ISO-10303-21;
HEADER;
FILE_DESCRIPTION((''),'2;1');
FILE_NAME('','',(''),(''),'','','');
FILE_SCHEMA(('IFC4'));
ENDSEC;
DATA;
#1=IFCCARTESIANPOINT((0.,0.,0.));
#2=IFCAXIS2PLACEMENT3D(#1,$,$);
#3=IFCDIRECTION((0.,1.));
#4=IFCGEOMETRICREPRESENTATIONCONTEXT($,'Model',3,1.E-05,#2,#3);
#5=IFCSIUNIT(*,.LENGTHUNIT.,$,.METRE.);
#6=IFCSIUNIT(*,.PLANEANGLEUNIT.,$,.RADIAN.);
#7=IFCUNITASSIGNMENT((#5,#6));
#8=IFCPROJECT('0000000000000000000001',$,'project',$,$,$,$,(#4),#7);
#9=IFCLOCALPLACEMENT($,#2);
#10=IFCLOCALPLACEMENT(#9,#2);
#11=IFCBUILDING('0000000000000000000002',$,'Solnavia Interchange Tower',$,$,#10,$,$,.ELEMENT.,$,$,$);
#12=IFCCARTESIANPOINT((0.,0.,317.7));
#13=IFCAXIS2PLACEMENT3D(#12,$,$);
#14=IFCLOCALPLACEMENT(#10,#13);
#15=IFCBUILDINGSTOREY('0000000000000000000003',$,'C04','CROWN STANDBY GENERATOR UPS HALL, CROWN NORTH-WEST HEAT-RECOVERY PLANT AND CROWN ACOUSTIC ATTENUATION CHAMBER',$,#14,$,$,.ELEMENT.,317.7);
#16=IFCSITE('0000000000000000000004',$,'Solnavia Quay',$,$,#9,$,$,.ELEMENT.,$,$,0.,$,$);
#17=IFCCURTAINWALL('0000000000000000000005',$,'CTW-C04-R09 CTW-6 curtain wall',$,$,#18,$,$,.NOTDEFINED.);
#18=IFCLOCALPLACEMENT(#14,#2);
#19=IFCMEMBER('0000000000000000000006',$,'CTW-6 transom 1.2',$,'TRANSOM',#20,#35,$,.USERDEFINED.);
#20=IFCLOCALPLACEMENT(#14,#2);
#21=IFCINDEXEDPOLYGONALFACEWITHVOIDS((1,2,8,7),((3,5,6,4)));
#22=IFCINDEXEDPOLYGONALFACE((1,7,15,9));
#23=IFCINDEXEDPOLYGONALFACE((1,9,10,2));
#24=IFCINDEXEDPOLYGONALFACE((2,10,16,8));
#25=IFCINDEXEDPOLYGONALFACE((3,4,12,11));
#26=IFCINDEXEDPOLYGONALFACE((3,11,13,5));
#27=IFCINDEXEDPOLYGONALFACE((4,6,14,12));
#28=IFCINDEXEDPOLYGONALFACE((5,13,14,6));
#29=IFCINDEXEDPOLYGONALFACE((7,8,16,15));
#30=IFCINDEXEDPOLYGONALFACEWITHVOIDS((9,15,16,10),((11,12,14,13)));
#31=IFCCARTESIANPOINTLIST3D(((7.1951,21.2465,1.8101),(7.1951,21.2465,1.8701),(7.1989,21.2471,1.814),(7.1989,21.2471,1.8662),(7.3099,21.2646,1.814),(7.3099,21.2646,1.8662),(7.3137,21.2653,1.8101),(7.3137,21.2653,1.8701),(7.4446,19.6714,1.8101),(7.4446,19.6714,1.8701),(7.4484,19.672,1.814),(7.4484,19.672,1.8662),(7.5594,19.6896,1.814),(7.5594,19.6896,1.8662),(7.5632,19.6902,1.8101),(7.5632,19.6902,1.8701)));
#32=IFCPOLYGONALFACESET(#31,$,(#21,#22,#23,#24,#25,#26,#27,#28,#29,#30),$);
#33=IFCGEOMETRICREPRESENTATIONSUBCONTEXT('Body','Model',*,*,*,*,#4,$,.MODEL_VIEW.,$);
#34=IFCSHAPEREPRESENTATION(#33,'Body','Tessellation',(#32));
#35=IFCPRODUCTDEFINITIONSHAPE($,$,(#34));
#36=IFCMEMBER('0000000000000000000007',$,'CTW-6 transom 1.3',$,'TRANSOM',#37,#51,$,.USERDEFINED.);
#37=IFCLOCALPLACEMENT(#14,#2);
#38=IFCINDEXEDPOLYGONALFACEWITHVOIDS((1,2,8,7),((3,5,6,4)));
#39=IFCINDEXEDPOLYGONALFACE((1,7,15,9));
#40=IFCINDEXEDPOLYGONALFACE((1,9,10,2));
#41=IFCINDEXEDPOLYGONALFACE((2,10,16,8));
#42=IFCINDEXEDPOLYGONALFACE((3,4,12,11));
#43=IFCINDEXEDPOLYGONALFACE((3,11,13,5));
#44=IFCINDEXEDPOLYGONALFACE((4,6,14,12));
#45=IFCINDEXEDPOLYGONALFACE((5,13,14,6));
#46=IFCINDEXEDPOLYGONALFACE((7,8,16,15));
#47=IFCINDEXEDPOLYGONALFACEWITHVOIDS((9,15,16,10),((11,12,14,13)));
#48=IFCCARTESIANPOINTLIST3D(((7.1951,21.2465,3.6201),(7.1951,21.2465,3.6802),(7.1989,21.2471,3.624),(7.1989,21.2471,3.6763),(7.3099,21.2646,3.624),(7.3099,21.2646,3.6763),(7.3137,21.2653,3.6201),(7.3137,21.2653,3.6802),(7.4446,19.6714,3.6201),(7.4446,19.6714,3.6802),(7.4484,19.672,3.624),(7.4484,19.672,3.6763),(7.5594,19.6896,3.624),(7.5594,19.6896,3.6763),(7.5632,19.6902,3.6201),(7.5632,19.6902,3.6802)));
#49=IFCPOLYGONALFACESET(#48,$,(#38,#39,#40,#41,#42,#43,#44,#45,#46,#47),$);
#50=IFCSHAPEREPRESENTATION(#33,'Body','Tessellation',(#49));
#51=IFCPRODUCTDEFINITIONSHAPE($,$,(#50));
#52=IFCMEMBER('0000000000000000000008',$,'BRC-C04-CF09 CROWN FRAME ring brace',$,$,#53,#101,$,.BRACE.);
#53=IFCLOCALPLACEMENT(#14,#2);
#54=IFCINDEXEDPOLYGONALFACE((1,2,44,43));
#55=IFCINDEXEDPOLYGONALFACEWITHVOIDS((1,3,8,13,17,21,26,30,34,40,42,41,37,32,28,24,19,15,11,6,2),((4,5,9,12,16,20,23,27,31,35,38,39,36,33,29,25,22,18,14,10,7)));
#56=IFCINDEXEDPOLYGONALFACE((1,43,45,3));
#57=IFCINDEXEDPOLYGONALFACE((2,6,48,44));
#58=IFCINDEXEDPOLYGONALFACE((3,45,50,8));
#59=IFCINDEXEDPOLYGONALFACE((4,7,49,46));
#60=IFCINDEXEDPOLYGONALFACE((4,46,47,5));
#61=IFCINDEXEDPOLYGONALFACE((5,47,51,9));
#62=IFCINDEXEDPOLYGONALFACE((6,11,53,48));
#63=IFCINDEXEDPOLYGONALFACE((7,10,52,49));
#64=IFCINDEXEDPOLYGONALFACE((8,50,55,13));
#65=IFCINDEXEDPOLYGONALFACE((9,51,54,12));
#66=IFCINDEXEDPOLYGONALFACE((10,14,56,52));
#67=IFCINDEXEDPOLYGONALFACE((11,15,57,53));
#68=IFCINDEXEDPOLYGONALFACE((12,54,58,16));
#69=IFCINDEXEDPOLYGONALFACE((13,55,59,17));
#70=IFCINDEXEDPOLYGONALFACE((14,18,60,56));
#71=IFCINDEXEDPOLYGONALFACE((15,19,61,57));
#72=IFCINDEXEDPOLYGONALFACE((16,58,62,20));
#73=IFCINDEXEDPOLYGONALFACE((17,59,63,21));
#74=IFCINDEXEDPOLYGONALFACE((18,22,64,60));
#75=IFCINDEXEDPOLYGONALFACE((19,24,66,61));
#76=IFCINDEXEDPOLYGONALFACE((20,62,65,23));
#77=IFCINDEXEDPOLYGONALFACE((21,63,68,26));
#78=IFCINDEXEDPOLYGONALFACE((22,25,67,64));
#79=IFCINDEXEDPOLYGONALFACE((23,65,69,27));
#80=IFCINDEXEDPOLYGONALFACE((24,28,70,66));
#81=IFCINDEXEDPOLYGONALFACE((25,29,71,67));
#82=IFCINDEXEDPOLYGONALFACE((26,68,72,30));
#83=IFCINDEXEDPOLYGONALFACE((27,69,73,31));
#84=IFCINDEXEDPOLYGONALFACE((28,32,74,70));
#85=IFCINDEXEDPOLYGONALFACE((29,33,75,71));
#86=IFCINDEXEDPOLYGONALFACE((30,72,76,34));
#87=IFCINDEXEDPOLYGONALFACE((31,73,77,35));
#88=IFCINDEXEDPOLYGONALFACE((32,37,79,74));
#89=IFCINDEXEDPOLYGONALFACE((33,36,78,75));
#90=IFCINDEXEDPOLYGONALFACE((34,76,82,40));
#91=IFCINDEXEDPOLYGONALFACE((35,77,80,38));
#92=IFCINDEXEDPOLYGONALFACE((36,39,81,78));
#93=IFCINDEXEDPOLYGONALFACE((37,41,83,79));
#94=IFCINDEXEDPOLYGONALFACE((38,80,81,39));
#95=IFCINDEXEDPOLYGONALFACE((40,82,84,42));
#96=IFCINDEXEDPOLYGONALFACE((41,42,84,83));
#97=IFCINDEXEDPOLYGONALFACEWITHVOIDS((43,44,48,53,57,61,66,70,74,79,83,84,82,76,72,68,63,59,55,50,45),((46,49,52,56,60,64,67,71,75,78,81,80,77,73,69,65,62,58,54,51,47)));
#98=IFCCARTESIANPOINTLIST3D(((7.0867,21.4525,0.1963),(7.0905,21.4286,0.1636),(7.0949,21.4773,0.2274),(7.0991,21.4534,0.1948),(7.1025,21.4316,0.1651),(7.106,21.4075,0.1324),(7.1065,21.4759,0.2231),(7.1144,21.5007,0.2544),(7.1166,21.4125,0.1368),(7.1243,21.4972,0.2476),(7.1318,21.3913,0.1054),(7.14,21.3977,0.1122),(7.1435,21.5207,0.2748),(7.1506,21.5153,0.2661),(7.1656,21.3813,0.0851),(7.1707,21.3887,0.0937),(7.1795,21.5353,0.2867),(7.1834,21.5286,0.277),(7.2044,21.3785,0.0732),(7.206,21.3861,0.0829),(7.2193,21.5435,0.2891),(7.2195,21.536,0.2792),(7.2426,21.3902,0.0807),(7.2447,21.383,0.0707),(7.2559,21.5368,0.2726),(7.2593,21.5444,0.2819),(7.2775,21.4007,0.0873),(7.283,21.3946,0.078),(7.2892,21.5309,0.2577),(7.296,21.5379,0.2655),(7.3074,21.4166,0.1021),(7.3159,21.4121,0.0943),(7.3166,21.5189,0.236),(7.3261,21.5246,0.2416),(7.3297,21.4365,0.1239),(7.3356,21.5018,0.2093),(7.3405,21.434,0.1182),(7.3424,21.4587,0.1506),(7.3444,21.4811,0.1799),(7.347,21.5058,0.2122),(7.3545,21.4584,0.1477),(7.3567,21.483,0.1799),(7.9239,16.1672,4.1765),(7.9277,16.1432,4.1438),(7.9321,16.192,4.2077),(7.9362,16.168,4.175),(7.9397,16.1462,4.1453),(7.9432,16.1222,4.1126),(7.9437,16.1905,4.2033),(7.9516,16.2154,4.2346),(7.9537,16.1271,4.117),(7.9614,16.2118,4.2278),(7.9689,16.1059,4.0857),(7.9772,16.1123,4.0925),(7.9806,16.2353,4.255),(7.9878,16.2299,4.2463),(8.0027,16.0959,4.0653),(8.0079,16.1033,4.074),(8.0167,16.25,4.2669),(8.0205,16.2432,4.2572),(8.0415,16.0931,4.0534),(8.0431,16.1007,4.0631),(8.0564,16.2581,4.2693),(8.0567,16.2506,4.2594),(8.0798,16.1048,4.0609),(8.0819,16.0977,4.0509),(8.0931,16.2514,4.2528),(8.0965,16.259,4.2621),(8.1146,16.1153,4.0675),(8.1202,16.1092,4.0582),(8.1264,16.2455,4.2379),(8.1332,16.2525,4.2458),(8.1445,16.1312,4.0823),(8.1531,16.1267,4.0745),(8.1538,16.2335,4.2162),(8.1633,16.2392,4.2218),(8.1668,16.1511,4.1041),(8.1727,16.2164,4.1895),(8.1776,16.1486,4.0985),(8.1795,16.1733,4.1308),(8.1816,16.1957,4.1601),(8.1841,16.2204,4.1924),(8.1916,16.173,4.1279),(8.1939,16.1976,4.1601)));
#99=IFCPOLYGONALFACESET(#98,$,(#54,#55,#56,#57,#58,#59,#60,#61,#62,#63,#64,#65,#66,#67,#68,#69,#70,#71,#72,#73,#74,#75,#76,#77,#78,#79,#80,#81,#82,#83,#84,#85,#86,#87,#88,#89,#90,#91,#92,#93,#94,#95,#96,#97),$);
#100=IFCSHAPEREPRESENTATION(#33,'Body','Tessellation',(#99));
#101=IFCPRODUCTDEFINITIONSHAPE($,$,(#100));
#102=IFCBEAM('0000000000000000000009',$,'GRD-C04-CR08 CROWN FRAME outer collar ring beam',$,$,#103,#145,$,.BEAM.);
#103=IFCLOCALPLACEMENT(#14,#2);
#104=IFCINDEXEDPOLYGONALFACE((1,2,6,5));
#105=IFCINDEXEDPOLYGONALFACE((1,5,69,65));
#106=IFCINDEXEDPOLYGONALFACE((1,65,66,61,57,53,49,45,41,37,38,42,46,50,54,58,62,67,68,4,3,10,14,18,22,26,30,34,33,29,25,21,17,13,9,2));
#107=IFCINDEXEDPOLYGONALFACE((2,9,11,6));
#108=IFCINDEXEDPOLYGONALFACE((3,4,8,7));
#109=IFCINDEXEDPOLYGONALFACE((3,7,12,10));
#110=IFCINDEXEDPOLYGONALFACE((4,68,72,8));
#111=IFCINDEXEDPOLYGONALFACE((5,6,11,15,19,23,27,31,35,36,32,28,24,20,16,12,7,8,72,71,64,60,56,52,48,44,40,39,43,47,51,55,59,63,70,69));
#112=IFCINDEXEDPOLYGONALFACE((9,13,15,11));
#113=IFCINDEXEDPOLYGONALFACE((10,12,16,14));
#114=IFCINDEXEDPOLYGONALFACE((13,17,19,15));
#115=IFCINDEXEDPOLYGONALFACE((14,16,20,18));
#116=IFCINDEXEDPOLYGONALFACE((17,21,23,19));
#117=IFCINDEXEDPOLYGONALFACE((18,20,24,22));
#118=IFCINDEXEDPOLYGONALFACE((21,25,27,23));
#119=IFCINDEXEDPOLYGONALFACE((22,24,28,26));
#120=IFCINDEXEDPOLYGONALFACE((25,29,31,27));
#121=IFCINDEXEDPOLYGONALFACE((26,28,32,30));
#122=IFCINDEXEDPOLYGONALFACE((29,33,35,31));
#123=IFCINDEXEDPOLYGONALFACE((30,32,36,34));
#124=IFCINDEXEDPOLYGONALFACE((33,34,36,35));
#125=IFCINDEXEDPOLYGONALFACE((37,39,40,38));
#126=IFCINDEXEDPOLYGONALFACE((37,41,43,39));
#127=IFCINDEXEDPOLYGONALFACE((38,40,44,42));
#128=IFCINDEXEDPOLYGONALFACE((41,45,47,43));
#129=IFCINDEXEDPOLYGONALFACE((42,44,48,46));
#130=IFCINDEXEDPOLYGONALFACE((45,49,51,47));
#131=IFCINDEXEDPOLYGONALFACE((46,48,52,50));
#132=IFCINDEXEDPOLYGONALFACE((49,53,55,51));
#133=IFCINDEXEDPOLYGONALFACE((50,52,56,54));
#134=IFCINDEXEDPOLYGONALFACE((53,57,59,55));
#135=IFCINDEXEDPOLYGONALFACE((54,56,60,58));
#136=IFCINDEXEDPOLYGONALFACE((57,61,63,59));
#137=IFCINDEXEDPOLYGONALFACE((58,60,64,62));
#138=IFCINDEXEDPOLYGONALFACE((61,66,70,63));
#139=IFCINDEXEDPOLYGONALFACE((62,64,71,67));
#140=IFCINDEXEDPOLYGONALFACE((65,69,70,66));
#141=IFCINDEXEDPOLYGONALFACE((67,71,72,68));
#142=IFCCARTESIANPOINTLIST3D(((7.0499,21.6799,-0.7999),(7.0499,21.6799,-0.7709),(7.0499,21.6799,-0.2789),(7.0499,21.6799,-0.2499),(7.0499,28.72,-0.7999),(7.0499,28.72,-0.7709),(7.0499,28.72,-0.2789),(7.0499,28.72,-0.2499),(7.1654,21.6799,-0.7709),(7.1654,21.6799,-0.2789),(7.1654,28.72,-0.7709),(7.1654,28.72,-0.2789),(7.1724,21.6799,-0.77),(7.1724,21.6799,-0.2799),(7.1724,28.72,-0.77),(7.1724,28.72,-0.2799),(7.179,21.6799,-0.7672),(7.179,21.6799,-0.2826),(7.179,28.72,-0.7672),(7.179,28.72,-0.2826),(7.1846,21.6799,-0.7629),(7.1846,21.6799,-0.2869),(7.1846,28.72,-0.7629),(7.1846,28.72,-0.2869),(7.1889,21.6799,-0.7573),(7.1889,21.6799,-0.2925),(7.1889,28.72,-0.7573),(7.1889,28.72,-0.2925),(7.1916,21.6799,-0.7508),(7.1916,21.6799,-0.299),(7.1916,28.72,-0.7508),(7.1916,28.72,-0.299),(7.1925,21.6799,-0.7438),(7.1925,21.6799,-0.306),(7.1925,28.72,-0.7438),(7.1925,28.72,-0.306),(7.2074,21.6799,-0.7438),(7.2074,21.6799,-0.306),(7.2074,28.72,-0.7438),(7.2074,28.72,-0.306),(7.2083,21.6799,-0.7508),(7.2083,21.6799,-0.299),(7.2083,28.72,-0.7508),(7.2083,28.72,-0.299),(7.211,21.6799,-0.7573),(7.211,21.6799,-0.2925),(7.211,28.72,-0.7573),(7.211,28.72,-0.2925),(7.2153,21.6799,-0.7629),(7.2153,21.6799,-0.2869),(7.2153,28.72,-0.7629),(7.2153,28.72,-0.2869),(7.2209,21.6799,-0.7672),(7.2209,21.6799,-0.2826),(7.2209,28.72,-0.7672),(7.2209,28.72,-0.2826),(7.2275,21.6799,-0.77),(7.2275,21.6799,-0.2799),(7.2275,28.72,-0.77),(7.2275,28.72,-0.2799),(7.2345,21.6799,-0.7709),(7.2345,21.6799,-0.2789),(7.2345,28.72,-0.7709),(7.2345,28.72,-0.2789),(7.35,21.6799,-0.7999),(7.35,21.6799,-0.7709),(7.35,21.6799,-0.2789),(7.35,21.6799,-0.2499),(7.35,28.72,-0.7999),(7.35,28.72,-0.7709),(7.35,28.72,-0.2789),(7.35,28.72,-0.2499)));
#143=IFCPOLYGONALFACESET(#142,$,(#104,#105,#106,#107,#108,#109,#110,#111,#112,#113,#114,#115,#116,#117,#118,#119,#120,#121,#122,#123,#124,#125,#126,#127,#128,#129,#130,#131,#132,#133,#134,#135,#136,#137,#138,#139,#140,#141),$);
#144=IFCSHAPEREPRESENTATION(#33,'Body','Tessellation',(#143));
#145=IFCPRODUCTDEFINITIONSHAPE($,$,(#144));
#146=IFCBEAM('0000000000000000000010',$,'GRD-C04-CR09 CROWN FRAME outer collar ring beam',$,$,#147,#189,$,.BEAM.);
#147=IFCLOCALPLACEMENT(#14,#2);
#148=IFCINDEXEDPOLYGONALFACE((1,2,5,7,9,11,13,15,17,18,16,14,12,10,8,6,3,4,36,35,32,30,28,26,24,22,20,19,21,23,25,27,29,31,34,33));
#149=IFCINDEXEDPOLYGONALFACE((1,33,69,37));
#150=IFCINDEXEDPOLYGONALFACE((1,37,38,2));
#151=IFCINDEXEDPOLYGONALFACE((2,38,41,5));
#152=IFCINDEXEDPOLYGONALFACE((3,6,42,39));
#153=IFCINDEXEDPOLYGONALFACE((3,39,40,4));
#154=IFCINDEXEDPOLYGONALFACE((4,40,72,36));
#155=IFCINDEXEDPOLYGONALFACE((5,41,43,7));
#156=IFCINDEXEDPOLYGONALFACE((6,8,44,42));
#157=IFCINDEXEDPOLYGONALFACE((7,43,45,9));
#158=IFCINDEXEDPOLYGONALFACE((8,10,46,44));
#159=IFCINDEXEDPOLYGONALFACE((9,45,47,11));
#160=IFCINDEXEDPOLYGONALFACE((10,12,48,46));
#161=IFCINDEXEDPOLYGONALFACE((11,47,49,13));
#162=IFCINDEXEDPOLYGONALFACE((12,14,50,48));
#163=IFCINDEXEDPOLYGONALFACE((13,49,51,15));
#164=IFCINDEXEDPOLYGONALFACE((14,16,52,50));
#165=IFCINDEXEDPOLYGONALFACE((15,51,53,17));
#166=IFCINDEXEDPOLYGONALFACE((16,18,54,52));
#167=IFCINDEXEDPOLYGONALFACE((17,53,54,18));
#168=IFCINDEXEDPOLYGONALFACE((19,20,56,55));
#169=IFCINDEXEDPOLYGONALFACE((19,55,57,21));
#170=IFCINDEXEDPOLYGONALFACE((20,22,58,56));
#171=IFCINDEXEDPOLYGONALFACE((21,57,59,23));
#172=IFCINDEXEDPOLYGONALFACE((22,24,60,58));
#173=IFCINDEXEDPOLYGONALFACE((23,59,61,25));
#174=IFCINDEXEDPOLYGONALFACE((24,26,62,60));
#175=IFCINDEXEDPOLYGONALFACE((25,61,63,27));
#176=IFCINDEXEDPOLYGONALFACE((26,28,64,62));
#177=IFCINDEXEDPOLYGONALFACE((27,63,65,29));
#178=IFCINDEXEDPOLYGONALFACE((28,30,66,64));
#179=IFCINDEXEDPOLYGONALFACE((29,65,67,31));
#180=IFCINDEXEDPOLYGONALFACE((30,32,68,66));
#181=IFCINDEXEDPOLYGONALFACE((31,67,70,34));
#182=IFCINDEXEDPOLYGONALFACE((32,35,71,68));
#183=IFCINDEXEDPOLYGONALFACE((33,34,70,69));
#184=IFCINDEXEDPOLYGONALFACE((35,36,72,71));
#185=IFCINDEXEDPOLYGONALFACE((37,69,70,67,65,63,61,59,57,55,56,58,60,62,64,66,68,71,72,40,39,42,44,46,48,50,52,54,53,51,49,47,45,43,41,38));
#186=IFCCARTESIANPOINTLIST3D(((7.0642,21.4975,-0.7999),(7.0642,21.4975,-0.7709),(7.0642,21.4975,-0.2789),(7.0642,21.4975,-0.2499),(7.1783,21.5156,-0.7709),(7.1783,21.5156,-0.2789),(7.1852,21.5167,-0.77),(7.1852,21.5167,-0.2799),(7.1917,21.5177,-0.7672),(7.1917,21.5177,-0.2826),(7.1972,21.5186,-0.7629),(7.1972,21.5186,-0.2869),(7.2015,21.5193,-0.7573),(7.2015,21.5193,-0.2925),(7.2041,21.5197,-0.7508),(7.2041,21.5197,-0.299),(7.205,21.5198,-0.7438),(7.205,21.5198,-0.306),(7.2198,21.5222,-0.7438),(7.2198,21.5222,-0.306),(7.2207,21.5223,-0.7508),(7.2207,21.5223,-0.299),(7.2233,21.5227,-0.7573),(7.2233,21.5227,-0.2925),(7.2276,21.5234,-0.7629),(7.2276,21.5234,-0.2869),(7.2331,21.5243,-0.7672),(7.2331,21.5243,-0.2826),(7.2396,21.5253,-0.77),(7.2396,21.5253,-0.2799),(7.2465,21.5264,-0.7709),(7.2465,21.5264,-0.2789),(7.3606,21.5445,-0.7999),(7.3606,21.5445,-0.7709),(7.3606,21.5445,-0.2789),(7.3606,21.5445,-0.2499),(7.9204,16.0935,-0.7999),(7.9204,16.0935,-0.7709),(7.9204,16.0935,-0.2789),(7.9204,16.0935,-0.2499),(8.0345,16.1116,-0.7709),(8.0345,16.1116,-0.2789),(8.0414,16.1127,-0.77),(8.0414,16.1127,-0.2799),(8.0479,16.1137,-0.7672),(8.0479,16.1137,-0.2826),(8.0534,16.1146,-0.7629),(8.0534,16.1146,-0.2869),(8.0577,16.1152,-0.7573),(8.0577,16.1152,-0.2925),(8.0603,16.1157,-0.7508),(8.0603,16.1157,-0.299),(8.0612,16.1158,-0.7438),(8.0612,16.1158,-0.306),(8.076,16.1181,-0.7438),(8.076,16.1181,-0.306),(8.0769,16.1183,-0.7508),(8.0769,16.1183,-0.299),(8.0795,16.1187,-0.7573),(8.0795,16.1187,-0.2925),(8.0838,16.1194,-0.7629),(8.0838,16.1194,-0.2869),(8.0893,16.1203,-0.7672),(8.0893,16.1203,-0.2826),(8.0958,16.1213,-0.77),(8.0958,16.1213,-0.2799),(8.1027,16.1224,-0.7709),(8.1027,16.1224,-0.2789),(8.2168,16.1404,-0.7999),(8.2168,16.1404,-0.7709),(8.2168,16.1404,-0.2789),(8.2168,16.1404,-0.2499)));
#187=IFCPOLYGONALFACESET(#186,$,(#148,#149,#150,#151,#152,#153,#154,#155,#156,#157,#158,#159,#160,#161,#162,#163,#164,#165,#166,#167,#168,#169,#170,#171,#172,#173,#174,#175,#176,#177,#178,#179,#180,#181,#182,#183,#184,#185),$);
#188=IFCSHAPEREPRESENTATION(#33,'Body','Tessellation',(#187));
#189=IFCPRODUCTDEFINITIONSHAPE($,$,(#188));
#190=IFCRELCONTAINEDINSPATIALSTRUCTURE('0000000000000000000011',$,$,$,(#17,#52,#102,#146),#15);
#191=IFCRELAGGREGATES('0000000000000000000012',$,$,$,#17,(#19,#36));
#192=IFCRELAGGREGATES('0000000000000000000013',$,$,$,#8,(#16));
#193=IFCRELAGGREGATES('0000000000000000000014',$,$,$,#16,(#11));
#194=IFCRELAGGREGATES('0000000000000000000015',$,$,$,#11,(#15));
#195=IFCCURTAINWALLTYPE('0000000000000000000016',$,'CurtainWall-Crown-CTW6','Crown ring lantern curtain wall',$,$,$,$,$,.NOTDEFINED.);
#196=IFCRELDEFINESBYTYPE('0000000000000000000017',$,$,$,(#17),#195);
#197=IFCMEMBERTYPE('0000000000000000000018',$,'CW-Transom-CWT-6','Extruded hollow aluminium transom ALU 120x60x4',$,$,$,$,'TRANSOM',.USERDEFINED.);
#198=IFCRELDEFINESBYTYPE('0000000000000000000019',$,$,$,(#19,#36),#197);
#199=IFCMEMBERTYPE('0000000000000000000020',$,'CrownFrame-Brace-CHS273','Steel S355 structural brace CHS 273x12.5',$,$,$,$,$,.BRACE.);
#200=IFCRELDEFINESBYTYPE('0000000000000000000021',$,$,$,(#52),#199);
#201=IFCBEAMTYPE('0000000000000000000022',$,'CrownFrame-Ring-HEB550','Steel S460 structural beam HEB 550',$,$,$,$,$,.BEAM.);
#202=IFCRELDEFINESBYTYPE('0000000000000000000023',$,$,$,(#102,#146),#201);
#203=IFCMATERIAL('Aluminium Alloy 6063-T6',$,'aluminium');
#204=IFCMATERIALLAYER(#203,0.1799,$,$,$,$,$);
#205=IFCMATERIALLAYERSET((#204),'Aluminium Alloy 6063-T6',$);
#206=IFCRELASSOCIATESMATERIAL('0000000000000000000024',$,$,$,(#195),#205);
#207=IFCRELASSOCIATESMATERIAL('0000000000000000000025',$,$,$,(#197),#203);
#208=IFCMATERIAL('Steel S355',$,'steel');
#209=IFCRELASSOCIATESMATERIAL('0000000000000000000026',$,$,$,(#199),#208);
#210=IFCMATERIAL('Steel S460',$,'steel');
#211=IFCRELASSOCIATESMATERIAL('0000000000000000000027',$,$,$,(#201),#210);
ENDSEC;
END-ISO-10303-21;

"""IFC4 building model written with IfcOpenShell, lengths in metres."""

from ifc_helpers import new_model, si_unit, direction, frame, origin, origin_2d, place, context, subcontext, project, spatial, hollow_rectangle, hollow_circle, i_section, extrude, material, layer, layer_set, material_profile, profile_set, type_object, element, aggregate, save


model = new_model("IFC4")

# Units and contexts
model_context = context("Model", 3, precision=1e-05, world=origin(), true_north=direction((0.0, 1.0)))
body_context = subcontext(model_context, "Body", "Model", "MODEL_VIEW")
ifc_project = project(units=[si_unit("LENGTHUNIT", "METRE"), si_unit("PLANEANGLEUNIT", "RADIAN")], contexts=[model_context])

# Site, building, storey
site_placement = place(None, origin())
site = spatial("IfcSite", under=ifc_project, at=site_placement, Name="Solnavia Quay", CompositionType="ELEMENT", RefElevation=0.0)
building_placement = place(site_placement, origin())
building = spatial("IfcBuilding", under=site, at=building_placement, Name="Solnavia Interchange Tower", CompositionType="ELEMENT")
storey_placement = place(building_placement, frame((0.0, 0.0, 317.7)))
storey = spatial("IfcBuildingStorey", under=building, at=storey_placement, Name="C04", Description="CROWN STANDBY GENERATOR UPS HALL, CROWN NORTH-WEST HEAT-RECOVERY PLANT AND CROWN ACOUSTIC ATTENUATION CHAMBER", CompositionType="ELEMENT", Elevation=317.7)

# Shared definitions
ifc_material_1 = material(Name="Steel S460", Category="steel")

# Curtain wall
ifc_material_2 = material(Name="Aluminium Alloy 6063-T6", Category="aluminium")
ifc_layer_1 = layer(ifc_material_2, 0.1799)
ifc_layer_set_1 = layer_set([ifc_layer_1], Name="Aluminium Alloy 6063-T6")
curtain_wall_type = type_object("IfcCurtainWallType", Name="CurtainWall-Crown-CTW6", Description="Crown ring lantern curtain wall", PredefinedType="NOTDEFINED", material=ifc_layer_set_1)
curtain_wall_1_placement = place(storey_placement, origin())
curtain_wall_1 = element("IfcCurtainWall", 1, at=curtain_wall_1_placement, inside=storey, type_object=curtain_wall_type, Name="CTW-C04-R09 CTW-6 curtain wall", PredefinedType="NOTDEFINED")

# Members
ifc_material_profile_1 = material_profile(ifc_material_2, hollow_rectangle(XDim=0.0601, YDim=0.1201, WallThickness=0.0039, at=origin_2d()), Name="ALU 120x60x4")
ifc_profile_set_1 = profile_set([ifc_material_profile_1], Name="Aluminium Alloy 6063-T6")
member_type_1 = type_object("IfcMemberType", Name="CW-Transom-CWT-6", Description="Extruded hollow aluminium transom ALU 120x60x4", ElementType="TRANSOM", PredefinedType="USERDEFINED", material=ifc_profile_set_1)
member_1_placement = place(storey_placement, frame((7.2544, 21.2559, 1.8401), z_axis=(0.15645, -0.987686, 0.0), x_axis=(0.0, 0.0, 1.0)))
member_1 = element("IfcMember", 2, at=member_1_placement, type_object=member_type_1, Name="CTW-6 transom 1.2", ObjectType="TRANSOM", PredefinedType="USERDEFINED", context=body_context, shape_type="SweptSolid", body=[
    extrude(hollow_rectangle(XDim=0.0601, YDim=0.1201, WallThickness=0.0039, at=origin_2d()), origin(), (0.0, 0.0, 1.0), 1.5947),
])
member_2_placement = place(storey_placement, frame((7.2544, 21.2559, 3.6501), z_axis=(0.15645, -0.987686, 0.0), x_axis=(0.0, 0.0, 1.0)))
member_2 = element("IfcMember", 3, at=member_2_placement, type_object=member_type_1, Name="CTW-6 transom 1.3", ObjectType="TRANSOM", PredefinedType="USERDEFINED", context=body_context, shape_type="SweptSolid", body=[
    extrude(hollow_rectangle(XDim=0.0601, YDim=0.1201, WallThickness=0.0039, at=origin_2d()), origin(), (0.0, 0.0, 1.0), 1.5947),
])
ifc_material_3 = material(Name="Steel S355", Category="steel")
ifc_material_profile_2 = material_profile(ifc_material_3, hollow_circle(Radius=0.1365, WallThickness=0.0125, at=origin_2d()), Name="CHS 273x12.5")
ifc_profile_set_2 = profile_set([ifc_material_profile_2], Name="Steel S355")
member_type_2 = type_object("IfcMemberType", Name="CrownFrame-Brace-CHS273", Description="Steel S355 structural brace CHS 273x12.5", PredefinedType="BRACE", material=ifc_profile_set_2)
member_3_placement = place(storey_placement, frame((7.2219, 21.4617, 0.1799), z_axis=(0.125526, -0.792507, 0.596805), x_axis=(0.987687, 0.15644, 0.0)))
element("IfcMember", 4, at=member_3_placement, inside=storey, type_object=member_type_2, Name="BRC-C04-CF09 CROWN FRAME ring brace", PredefinedType="BRACE", context=body_context, shape_type="SweptSolid", body=[
    extrude(hollow_circle(Radius=0.1365, WallThickness=0.0125, at=origin_2d()), origin(), (0.0, 0.0, 1.0), 6.6692),
])

# Beams
ifc_material_profile_3 = material_profile(ifc_material_1, i_section(OverallWidth=0.3, OverallDepth=0.55, WebThickness=0.0149, FlangeThickness=0.0291, FilletRadius=0.0271, at=origin_2d()), Name="HEB 550")
ifc_profile_set_3 = profile_set([ifc_material_profile_3], Name="Steel S460")
beam_type = type_object("IfcBeamType", Name="CrownFrame-Ring-HEB550", Description="Steel S460 structural beam HEB 550", PredefinedType="BEAM", material=ifc_profile_set_3)
beam_1_placement = place(storey_placement, frame((7.2, 28.72, -0.5249), z_axis=(0.0, -1.0, 0.0), x_axis=(1.0, 0.0, 0.0)))
element("IfcBeam", 5, at=beam_1_placement, inside=storey, type_object=beam_type, Name="GRD-C04-CR08 CROWN FRAME outer collar ring beam", PredefinedType="BEAM", context=body_context, shape_type="SweptSolid", body=[
    extrude(i_section(OverallWidth=0.3, OverallDepth=0.55, WebThickness=0.0149, FlangeThickness=0.0291, FilletRadius=0.0271, at=origin_2d()), origin(), (0.0, 0.0, 1.0), 7.04),
])
beam_2_placement = place(storey_placement, frame((7.2124, 21.521, -0.5249), z_axis=(0.156485, -0.98768, 0.0), x_axis=(0.98768, 0.156485, 0.0)))
element("IfcBeam", 6, at=beam_2_placement, inside=storey, type_object=beam_type, Name="GRD-C04-CR09 CROWN FRAME outer collar ring beam", PredefinedType="BEAM", context=body_context, shape_type="SweptSolid", body=[
    extrude(i_section(OverallWidth=0.3, OverallDepth=0.55, WebThickness=0.0149, FlangeThickness=0.0291, FilletRadius=0.0271, at=origin_2d()), origin(), (0.0, 0.0, 1.0), 5.4714),
])

aggregate(curtain_wall_1, [member_1, member_2])

save(model, "model.ifc")
